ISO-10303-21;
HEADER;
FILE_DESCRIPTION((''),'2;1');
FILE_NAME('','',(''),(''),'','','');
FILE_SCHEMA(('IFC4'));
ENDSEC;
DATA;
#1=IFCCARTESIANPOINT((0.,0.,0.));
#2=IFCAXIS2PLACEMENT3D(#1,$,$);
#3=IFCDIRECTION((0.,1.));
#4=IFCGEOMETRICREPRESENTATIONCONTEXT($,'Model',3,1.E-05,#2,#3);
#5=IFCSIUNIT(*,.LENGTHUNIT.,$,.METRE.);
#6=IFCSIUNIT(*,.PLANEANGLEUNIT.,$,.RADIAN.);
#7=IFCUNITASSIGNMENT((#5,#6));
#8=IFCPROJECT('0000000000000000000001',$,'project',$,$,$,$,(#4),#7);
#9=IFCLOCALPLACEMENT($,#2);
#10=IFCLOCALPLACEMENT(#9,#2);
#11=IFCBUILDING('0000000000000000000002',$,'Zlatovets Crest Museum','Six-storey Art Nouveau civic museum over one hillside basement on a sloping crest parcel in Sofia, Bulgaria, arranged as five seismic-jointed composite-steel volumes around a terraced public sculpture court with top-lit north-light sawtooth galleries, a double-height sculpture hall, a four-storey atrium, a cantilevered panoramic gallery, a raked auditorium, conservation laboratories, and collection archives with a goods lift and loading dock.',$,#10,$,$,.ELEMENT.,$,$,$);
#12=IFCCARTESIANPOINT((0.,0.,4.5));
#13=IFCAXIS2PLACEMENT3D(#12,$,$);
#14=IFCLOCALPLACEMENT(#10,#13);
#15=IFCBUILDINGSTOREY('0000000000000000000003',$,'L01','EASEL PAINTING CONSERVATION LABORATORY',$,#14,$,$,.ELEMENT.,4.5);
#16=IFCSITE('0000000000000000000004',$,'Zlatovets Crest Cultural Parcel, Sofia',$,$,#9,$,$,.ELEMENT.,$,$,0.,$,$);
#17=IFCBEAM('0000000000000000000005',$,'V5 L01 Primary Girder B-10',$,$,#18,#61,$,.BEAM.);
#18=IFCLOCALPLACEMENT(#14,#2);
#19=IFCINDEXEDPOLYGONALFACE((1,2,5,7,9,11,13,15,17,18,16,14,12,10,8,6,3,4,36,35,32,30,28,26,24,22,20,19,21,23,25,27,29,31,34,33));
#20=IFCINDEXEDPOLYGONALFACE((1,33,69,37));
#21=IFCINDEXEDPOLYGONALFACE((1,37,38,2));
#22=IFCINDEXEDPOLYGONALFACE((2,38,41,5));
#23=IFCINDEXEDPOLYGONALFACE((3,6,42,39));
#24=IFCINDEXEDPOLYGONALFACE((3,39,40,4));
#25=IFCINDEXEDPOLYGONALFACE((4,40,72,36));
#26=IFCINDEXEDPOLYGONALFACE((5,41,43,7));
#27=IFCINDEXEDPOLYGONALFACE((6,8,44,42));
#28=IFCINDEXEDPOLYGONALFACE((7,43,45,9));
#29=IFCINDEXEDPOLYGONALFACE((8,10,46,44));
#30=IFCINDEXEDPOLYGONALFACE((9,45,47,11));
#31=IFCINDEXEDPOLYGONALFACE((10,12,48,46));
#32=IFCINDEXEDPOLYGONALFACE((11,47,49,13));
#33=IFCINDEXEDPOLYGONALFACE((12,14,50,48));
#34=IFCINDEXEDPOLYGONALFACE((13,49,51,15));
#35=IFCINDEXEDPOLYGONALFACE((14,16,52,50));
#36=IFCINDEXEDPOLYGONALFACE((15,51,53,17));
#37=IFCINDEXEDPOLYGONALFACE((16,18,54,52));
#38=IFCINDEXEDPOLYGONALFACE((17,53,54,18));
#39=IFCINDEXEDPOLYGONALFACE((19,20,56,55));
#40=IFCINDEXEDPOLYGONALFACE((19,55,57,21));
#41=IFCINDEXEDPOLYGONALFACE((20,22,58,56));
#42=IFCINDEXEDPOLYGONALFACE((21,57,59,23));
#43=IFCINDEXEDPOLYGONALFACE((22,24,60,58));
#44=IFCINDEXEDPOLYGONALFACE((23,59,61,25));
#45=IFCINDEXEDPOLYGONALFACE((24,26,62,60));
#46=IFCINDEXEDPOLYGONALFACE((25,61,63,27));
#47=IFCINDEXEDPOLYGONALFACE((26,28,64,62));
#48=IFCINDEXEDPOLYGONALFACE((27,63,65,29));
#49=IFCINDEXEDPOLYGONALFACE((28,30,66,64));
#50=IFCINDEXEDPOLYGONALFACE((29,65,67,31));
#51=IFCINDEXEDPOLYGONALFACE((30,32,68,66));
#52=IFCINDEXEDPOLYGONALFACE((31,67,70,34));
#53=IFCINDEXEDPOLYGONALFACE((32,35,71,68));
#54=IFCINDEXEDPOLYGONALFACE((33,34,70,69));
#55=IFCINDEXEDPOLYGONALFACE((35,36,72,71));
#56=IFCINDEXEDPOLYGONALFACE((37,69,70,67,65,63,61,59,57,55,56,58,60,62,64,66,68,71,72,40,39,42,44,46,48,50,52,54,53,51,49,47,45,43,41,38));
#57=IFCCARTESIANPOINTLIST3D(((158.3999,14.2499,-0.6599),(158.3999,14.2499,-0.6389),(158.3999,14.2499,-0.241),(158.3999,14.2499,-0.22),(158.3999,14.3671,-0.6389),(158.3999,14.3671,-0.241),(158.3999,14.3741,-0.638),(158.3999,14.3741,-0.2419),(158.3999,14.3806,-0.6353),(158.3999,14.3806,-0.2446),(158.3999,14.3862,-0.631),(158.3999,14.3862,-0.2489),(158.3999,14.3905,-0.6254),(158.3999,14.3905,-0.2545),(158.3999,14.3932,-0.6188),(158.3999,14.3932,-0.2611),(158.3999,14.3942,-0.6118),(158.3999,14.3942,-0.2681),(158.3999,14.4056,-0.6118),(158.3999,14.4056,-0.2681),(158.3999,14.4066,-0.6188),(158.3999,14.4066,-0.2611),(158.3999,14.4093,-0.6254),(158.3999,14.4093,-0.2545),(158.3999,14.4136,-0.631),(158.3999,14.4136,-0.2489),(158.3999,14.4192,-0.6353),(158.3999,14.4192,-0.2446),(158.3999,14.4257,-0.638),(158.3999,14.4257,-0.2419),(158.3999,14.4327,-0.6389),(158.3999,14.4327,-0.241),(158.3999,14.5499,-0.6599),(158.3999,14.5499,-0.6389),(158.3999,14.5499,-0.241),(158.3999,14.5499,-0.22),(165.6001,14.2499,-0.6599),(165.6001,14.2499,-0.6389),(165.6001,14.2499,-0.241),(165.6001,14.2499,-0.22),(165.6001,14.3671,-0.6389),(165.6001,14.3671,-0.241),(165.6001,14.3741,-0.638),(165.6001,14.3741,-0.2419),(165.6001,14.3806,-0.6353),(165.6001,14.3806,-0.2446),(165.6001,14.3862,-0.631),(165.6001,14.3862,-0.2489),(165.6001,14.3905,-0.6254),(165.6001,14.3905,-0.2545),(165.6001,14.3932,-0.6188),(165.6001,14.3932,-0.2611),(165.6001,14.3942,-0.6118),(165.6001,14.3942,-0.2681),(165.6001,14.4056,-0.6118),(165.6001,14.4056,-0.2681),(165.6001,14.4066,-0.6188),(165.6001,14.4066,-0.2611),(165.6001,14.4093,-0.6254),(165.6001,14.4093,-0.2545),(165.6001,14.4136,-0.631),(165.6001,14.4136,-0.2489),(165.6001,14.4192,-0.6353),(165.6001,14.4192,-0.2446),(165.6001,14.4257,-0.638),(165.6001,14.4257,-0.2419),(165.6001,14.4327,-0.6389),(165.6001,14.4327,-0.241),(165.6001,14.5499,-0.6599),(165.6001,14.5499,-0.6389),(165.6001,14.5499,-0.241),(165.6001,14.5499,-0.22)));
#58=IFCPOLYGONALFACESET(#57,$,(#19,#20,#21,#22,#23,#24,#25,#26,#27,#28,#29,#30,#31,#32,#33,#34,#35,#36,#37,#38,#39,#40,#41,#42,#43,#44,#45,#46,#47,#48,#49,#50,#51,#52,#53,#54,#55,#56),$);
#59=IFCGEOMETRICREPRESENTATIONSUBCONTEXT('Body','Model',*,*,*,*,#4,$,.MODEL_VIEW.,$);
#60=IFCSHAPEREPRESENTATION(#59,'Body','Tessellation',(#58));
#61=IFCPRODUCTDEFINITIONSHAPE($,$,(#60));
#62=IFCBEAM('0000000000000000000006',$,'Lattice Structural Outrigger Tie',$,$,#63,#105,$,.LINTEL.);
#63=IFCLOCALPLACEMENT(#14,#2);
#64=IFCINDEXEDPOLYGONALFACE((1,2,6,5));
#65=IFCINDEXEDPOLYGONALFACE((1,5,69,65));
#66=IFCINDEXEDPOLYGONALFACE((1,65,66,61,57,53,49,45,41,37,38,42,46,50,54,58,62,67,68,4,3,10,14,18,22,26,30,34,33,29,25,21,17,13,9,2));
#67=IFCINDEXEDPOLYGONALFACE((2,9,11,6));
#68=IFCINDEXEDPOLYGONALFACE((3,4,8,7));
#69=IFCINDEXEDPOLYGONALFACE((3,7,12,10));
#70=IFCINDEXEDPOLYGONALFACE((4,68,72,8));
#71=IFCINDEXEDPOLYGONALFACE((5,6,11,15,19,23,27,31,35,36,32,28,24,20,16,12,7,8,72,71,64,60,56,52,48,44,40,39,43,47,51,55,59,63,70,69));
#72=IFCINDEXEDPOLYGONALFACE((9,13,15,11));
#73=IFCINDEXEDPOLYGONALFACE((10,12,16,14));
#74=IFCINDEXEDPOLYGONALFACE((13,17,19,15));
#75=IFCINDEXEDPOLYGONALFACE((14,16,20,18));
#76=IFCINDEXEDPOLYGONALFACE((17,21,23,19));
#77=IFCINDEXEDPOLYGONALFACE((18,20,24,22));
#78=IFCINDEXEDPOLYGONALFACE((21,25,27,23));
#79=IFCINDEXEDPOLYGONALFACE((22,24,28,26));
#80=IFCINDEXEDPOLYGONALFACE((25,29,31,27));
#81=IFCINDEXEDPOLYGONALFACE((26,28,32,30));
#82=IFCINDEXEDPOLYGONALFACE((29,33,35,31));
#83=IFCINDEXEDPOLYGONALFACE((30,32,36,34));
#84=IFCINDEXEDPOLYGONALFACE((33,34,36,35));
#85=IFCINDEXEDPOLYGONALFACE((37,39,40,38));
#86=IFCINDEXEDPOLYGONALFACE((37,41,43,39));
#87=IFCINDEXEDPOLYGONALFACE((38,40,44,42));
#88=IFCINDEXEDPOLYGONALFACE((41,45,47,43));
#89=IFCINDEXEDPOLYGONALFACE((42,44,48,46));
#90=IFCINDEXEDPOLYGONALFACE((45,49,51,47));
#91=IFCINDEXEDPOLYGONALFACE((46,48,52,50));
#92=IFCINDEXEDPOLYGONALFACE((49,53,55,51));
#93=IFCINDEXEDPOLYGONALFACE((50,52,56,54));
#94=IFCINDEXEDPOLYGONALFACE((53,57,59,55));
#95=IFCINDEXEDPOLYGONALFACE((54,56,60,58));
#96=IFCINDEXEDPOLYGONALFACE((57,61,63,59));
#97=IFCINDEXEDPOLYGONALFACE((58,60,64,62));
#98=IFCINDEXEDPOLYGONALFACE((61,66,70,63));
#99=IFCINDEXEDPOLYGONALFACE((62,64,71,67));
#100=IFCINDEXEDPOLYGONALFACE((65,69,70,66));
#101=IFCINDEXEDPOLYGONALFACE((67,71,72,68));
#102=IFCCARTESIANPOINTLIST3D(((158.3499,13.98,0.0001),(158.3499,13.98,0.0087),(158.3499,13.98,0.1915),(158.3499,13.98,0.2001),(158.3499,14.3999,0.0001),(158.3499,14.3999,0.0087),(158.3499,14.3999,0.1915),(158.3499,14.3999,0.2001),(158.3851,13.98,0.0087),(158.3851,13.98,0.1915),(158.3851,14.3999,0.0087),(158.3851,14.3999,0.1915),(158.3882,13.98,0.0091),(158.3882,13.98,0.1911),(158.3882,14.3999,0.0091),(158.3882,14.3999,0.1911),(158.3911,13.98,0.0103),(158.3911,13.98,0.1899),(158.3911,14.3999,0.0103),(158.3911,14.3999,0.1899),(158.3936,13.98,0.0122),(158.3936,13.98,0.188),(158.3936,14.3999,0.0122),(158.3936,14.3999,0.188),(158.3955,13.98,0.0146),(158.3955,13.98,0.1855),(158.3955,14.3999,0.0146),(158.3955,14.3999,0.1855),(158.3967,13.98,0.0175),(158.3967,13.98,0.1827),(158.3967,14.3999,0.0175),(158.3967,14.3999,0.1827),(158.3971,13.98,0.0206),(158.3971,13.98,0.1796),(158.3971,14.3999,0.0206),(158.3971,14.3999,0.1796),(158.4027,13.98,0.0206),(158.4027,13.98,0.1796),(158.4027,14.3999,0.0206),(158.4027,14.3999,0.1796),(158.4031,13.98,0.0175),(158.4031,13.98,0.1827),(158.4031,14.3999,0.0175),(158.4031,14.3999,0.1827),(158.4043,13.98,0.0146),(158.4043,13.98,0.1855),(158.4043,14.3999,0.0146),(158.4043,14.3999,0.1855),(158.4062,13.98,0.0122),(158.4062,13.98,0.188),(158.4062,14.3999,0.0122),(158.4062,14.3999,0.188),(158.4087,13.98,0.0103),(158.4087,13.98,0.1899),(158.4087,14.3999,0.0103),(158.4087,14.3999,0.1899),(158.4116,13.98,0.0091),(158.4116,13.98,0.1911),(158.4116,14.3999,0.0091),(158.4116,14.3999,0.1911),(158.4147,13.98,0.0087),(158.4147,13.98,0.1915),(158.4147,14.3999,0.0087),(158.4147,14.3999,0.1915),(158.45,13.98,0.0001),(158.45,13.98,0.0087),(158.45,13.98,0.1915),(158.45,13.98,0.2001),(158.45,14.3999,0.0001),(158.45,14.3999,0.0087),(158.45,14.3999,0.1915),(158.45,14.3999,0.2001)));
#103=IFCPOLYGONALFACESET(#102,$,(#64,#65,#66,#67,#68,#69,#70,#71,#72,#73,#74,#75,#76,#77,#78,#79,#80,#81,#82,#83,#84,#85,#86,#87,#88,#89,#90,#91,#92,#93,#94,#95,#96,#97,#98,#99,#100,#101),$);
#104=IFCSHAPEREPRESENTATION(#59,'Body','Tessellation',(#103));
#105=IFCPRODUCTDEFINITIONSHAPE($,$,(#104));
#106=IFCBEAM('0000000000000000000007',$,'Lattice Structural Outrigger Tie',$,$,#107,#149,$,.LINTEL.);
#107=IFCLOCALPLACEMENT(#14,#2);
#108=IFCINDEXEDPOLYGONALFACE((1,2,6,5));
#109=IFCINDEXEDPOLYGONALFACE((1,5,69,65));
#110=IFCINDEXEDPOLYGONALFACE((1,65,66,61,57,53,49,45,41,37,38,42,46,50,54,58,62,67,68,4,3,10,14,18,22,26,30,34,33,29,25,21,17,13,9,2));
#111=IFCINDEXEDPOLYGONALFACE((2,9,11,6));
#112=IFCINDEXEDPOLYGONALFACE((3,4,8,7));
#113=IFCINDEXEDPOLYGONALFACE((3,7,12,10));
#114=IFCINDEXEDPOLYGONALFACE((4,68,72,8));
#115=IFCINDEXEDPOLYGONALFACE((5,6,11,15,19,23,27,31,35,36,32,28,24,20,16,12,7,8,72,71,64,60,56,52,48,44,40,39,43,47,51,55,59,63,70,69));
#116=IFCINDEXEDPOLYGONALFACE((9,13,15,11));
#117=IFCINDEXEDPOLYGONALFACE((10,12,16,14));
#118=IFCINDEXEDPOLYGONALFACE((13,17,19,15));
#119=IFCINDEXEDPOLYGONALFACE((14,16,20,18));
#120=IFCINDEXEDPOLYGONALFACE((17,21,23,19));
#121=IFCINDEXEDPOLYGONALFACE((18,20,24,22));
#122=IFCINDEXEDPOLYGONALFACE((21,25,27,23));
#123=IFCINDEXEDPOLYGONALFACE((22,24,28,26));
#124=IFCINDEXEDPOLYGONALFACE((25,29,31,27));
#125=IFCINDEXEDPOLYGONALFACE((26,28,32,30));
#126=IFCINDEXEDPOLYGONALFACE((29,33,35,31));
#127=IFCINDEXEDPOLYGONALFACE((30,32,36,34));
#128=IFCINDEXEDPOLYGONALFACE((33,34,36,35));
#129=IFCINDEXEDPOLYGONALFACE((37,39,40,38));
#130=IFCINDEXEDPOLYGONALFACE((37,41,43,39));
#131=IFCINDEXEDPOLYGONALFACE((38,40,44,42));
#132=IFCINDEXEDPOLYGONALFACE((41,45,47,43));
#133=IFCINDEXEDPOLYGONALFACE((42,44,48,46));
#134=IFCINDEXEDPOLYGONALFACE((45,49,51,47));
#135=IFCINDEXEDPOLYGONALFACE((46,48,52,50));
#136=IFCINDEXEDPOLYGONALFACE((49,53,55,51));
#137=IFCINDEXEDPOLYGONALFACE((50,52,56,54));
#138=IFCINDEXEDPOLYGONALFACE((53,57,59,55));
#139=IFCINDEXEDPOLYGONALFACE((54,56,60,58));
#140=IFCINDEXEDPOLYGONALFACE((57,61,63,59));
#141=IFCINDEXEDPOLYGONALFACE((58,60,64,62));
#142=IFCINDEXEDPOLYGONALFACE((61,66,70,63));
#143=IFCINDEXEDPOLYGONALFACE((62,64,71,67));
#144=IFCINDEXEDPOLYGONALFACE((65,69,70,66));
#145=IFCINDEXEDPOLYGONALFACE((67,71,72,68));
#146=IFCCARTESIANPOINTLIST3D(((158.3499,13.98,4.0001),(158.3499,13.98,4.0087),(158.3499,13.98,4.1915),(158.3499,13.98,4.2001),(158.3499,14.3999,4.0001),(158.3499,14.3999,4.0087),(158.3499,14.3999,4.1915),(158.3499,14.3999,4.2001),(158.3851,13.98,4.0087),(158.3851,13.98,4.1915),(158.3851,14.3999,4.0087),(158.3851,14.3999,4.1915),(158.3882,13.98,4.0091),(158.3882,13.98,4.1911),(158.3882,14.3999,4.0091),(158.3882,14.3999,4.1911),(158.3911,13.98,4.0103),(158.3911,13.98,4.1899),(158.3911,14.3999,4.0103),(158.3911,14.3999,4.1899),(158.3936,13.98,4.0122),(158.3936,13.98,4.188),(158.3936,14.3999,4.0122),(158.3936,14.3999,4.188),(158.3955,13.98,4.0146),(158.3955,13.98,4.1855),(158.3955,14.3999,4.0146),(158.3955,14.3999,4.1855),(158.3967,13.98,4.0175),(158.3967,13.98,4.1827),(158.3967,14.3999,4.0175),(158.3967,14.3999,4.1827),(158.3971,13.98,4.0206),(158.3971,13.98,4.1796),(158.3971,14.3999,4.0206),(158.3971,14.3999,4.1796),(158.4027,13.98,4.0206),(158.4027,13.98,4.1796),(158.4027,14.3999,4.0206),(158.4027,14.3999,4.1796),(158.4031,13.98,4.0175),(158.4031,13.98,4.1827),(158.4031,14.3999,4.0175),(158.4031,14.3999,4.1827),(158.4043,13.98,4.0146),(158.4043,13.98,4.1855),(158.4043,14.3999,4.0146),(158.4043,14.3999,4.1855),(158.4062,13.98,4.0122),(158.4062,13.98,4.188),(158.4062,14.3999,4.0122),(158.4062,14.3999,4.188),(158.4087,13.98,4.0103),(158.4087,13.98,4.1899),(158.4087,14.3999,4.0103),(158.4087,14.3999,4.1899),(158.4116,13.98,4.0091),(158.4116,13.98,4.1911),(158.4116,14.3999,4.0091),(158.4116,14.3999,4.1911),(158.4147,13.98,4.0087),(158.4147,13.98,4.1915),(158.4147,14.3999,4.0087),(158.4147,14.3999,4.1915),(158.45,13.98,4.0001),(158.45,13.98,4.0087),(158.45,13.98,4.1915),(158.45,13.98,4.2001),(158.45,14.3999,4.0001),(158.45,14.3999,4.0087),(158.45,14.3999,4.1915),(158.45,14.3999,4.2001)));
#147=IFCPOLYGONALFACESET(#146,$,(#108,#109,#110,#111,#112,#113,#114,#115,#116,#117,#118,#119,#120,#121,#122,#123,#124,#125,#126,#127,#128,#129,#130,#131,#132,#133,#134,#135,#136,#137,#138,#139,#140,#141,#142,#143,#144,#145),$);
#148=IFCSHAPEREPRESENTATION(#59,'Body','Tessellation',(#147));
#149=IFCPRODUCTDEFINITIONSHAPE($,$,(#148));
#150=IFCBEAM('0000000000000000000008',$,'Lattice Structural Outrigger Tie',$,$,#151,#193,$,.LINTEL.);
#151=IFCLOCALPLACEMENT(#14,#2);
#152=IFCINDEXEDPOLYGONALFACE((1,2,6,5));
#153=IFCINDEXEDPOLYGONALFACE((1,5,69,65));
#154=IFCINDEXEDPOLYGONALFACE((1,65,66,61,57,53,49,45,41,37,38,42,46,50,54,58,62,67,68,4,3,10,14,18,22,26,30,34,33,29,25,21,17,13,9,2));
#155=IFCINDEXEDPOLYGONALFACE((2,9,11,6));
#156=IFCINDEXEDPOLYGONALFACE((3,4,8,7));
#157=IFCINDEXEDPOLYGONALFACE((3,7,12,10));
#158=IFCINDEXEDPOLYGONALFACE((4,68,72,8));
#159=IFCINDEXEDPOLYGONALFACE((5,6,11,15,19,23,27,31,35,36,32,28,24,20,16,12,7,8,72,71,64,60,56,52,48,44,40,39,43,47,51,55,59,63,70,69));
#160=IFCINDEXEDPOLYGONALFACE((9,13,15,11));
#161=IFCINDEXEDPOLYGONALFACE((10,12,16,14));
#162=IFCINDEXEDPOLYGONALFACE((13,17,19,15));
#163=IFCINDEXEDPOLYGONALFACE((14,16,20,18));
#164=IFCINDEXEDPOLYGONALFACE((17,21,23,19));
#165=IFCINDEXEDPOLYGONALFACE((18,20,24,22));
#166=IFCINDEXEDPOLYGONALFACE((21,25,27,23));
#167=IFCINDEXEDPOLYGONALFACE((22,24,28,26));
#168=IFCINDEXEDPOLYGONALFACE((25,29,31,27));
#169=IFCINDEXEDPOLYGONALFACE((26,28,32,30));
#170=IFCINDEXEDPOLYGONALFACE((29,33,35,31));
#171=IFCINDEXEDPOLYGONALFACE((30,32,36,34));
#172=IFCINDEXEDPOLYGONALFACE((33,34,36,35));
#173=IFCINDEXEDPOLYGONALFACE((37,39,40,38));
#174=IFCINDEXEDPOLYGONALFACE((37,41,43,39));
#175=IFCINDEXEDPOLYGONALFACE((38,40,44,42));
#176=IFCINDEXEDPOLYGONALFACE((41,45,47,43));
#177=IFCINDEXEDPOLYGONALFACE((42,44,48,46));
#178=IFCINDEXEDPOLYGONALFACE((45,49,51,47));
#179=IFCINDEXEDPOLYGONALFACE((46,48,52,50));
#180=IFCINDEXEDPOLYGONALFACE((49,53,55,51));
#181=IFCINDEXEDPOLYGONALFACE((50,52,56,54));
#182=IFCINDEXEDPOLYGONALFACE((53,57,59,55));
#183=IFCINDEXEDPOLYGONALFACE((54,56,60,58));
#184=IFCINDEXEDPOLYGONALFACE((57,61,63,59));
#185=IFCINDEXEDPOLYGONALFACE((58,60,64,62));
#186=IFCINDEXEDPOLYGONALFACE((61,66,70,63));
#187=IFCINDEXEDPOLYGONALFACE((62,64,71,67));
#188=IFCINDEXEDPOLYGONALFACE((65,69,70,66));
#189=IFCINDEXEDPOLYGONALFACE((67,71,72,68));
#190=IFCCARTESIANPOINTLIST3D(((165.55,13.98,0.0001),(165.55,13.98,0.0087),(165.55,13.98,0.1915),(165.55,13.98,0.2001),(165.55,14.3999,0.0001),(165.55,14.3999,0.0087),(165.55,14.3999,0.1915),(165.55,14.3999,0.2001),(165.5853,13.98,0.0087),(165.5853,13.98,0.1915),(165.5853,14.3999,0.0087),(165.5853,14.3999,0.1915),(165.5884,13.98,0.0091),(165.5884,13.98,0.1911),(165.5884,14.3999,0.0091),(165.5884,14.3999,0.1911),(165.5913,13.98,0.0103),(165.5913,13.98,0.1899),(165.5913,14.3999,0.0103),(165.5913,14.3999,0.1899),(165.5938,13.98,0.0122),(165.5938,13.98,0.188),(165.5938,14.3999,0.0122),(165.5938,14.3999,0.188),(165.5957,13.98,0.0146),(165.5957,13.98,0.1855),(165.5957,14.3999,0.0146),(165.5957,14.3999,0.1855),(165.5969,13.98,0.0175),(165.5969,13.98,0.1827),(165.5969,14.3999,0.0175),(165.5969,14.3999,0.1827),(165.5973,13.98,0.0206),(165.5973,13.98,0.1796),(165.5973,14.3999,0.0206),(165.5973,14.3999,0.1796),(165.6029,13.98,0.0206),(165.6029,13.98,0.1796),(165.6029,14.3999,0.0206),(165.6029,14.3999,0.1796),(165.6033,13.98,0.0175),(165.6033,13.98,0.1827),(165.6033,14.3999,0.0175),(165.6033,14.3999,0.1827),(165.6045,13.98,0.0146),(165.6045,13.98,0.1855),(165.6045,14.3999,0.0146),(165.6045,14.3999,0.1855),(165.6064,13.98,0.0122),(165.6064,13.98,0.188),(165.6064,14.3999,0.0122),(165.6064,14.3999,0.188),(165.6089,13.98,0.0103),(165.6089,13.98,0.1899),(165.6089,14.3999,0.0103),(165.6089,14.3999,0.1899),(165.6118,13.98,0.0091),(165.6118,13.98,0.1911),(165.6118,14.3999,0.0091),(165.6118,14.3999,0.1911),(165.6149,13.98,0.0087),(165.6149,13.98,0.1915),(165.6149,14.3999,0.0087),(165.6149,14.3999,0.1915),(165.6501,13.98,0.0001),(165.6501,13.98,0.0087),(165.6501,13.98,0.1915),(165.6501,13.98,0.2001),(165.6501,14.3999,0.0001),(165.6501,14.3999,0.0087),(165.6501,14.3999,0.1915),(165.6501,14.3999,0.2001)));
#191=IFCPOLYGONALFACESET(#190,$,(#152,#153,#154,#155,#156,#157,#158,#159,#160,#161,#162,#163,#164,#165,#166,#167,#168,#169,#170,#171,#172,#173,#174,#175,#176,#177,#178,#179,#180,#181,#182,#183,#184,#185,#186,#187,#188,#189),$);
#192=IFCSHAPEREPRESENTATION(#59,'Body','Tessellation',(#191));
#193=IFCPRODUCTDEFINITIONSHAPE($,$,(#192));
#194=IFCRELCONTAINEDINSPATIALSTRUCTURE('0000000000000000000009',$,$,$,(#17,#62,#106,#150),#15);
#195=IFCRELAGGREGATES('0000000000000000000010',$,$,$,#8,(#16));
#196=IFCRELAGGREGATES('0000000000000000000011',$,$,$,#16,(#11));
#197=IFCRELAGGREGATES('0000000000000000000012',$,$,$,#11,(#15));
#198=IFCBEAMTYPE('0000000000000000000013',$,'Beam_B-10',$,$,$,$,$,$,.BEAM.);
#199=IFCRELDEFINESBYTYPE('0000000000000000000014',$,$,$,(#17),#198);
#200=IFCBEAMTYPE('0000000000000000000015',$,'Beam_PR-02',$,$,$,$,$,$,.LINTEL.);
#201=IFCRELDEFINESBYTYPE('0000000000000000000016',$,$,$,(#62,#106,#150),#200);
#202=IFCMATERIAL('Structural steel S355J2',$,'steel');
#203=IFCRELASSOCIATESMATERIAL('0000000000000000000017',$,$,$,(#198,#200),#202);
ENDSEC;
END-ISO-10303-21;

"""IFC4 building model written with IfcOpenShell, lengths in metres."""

from ifc_helpers import new_model, si_unit, direction, frame, origin, origin_2d, place, context, subcontext, project, spatial, i_section, extrude, material, material_profile, profile_set, type_object, element, save


model = new_model("IFC4")

# Units and contexts
model_context = context("Model", 3, precision=1e-05, world=origin(), true_north=direction((0.0, 1.0)))
body_context = subcontext(model_context, "Body", "Model", "MODEL_VIEW")
ifc_project = project(units=[si_unit("LENGTHUNIT", "METRE"), si_unit("PLANEANGLEUNIT", "RADIAN")], contexts=[model_context])

# Site, building, storey
site_placement = place(None, origin())
site = spatial("IfcSite", under=ifc_project, at=site_placement, Name="Zlatovets Crest Cultural Parcel, Sofia", CompositionType="ELEMENT", RefElevation=0.0)
building_placement = place(site_placement, origin())
building = spatial("IfcBuilding", under=site, at=building_placement, Name="Zlatovets Crest Museum", Description="Six-storey Art Nouveau civic museum over one hillside basement on a sloping crest parcel in Sofia, Bulgaria, arranged as five seismic-jointed composite-steel volumes around a terraced public sculpture court with top-lit north-light sawtooth galleries, a double-height sculpture hall, a four-storey atrium, a cantilevered panoramic gallery, a raked auditorium, conservation laboratories, and collection archives with a goods lift and loading dock.", CompositionType="ELEMENT")
storey_placement = place(building_placement, frame((0.0, 0.0, 4.5)))
storey = spatial("IfcBuildingStorey", under=building, at=storey_placement, Name="L01", Description="EASEL PAINTING CONSERVATION LABORATORY", CompositionType="ELEMENT", Elevation=4.5)

# Shared definitions
ifc_material_1 = material(Name="Structural steel S355J2", Category="steel")

# Beams
ifc_material_profile_1 = material_profile(ifc_material_1, i_section(OverallWidth=0.3, OverallDepth=0.4399, WebThickness=0.0115, FlangeThickness=0.021, FilletRadius=0.0271, at=origin_2d()), Name="HEA 450")
ifc_profile_set_1 = profile_set([ifc_material_profile_1], Name="Structural steel S355J2")
beam_type_1 = type_object("IfcBeamType", Name="Beam_B-10", PredefinedType="BEAM", material=ifc_profile_set_1)
beam_placement = place(storey_placement, frame((158.3999, 14.3999, -0.4399), z_axis=(1.0, 0.0, 0.0), x_axis=(0.0, 1.0, 0.0)))
element("IfcBeam", 1, at=beam_placement, inside=storey, type_object=beam_type_1, Name="V5 L01 Primary Girder B-10", PredefinedType="BEAM", context=body_context, shape_type="SweptSolid", body=[
    extrude(i_section(OverallWidth=0.3, OverallDepth=0.4399, WebThickness=0.0115, FlangeThickness=0.021, FilletRadius=0.0271, at=origin_2d()), origin(), (0.0, 0.0, 1.0), 7.2002),
])
ifc_material_profile_2 = material_profile(ifc_material_1, i_section(OverallWidth=0.1001, OverallDepth=0.2, WebThickness=0.0056, FlangeThickness=0.0085, FilletRadius=0.012, at=origin_2d()), Name="IPE 200")
ifc_profile_set_2 = profile_set([ifc_material_profile_2], Name="Structural steel S355J2")
beam_type_2 = type_object("IfcBeamType", Name="Beam_PR-02", PredefinedType="LINTEL", material=ifc_profile_set_2)
for number, where, z_axis, x_axis, name in (
    (2, (158.3999, 14.3999, 0.1001), (0.0, -1.0, 0.0), (1.0, 0.0, 0.0), "Lattice Structural Outrigger Tie"),
    (3, (158.3999, 14.3999, 4.1001), (0.0, -1.0, 0.0), (1.0, 0.0, 0.0), "Lattice Structural Outrigger Tie"),
    (4, (165.6001, 14.3999, 0.1001), (0.0, -1.0, 0.0), (1.0, 0.0, 0.0), "Lattice Structural Outrigger Tie"),
):
    element("IfcBeam", number, at=place(storey_placement, frame(where, z_axis=z_axis, x_axis=x_axis)), inside=storey, type_object=beam_type_2, Name=name, PredefinedType="LINTEL", context=body_context, shape_type="SweptSolid", body=[
        extrude(i_section(OverallWidth=0.1001, OverallDepth=0.2, WebThickness=0.0056, FlangeThickness=0.0085, FilletRadius=0.012, at=origin_2d()), origin(), (0.0, 0.0, 1.0), 0.4199),
    ])

save(model, "model.ifc")
